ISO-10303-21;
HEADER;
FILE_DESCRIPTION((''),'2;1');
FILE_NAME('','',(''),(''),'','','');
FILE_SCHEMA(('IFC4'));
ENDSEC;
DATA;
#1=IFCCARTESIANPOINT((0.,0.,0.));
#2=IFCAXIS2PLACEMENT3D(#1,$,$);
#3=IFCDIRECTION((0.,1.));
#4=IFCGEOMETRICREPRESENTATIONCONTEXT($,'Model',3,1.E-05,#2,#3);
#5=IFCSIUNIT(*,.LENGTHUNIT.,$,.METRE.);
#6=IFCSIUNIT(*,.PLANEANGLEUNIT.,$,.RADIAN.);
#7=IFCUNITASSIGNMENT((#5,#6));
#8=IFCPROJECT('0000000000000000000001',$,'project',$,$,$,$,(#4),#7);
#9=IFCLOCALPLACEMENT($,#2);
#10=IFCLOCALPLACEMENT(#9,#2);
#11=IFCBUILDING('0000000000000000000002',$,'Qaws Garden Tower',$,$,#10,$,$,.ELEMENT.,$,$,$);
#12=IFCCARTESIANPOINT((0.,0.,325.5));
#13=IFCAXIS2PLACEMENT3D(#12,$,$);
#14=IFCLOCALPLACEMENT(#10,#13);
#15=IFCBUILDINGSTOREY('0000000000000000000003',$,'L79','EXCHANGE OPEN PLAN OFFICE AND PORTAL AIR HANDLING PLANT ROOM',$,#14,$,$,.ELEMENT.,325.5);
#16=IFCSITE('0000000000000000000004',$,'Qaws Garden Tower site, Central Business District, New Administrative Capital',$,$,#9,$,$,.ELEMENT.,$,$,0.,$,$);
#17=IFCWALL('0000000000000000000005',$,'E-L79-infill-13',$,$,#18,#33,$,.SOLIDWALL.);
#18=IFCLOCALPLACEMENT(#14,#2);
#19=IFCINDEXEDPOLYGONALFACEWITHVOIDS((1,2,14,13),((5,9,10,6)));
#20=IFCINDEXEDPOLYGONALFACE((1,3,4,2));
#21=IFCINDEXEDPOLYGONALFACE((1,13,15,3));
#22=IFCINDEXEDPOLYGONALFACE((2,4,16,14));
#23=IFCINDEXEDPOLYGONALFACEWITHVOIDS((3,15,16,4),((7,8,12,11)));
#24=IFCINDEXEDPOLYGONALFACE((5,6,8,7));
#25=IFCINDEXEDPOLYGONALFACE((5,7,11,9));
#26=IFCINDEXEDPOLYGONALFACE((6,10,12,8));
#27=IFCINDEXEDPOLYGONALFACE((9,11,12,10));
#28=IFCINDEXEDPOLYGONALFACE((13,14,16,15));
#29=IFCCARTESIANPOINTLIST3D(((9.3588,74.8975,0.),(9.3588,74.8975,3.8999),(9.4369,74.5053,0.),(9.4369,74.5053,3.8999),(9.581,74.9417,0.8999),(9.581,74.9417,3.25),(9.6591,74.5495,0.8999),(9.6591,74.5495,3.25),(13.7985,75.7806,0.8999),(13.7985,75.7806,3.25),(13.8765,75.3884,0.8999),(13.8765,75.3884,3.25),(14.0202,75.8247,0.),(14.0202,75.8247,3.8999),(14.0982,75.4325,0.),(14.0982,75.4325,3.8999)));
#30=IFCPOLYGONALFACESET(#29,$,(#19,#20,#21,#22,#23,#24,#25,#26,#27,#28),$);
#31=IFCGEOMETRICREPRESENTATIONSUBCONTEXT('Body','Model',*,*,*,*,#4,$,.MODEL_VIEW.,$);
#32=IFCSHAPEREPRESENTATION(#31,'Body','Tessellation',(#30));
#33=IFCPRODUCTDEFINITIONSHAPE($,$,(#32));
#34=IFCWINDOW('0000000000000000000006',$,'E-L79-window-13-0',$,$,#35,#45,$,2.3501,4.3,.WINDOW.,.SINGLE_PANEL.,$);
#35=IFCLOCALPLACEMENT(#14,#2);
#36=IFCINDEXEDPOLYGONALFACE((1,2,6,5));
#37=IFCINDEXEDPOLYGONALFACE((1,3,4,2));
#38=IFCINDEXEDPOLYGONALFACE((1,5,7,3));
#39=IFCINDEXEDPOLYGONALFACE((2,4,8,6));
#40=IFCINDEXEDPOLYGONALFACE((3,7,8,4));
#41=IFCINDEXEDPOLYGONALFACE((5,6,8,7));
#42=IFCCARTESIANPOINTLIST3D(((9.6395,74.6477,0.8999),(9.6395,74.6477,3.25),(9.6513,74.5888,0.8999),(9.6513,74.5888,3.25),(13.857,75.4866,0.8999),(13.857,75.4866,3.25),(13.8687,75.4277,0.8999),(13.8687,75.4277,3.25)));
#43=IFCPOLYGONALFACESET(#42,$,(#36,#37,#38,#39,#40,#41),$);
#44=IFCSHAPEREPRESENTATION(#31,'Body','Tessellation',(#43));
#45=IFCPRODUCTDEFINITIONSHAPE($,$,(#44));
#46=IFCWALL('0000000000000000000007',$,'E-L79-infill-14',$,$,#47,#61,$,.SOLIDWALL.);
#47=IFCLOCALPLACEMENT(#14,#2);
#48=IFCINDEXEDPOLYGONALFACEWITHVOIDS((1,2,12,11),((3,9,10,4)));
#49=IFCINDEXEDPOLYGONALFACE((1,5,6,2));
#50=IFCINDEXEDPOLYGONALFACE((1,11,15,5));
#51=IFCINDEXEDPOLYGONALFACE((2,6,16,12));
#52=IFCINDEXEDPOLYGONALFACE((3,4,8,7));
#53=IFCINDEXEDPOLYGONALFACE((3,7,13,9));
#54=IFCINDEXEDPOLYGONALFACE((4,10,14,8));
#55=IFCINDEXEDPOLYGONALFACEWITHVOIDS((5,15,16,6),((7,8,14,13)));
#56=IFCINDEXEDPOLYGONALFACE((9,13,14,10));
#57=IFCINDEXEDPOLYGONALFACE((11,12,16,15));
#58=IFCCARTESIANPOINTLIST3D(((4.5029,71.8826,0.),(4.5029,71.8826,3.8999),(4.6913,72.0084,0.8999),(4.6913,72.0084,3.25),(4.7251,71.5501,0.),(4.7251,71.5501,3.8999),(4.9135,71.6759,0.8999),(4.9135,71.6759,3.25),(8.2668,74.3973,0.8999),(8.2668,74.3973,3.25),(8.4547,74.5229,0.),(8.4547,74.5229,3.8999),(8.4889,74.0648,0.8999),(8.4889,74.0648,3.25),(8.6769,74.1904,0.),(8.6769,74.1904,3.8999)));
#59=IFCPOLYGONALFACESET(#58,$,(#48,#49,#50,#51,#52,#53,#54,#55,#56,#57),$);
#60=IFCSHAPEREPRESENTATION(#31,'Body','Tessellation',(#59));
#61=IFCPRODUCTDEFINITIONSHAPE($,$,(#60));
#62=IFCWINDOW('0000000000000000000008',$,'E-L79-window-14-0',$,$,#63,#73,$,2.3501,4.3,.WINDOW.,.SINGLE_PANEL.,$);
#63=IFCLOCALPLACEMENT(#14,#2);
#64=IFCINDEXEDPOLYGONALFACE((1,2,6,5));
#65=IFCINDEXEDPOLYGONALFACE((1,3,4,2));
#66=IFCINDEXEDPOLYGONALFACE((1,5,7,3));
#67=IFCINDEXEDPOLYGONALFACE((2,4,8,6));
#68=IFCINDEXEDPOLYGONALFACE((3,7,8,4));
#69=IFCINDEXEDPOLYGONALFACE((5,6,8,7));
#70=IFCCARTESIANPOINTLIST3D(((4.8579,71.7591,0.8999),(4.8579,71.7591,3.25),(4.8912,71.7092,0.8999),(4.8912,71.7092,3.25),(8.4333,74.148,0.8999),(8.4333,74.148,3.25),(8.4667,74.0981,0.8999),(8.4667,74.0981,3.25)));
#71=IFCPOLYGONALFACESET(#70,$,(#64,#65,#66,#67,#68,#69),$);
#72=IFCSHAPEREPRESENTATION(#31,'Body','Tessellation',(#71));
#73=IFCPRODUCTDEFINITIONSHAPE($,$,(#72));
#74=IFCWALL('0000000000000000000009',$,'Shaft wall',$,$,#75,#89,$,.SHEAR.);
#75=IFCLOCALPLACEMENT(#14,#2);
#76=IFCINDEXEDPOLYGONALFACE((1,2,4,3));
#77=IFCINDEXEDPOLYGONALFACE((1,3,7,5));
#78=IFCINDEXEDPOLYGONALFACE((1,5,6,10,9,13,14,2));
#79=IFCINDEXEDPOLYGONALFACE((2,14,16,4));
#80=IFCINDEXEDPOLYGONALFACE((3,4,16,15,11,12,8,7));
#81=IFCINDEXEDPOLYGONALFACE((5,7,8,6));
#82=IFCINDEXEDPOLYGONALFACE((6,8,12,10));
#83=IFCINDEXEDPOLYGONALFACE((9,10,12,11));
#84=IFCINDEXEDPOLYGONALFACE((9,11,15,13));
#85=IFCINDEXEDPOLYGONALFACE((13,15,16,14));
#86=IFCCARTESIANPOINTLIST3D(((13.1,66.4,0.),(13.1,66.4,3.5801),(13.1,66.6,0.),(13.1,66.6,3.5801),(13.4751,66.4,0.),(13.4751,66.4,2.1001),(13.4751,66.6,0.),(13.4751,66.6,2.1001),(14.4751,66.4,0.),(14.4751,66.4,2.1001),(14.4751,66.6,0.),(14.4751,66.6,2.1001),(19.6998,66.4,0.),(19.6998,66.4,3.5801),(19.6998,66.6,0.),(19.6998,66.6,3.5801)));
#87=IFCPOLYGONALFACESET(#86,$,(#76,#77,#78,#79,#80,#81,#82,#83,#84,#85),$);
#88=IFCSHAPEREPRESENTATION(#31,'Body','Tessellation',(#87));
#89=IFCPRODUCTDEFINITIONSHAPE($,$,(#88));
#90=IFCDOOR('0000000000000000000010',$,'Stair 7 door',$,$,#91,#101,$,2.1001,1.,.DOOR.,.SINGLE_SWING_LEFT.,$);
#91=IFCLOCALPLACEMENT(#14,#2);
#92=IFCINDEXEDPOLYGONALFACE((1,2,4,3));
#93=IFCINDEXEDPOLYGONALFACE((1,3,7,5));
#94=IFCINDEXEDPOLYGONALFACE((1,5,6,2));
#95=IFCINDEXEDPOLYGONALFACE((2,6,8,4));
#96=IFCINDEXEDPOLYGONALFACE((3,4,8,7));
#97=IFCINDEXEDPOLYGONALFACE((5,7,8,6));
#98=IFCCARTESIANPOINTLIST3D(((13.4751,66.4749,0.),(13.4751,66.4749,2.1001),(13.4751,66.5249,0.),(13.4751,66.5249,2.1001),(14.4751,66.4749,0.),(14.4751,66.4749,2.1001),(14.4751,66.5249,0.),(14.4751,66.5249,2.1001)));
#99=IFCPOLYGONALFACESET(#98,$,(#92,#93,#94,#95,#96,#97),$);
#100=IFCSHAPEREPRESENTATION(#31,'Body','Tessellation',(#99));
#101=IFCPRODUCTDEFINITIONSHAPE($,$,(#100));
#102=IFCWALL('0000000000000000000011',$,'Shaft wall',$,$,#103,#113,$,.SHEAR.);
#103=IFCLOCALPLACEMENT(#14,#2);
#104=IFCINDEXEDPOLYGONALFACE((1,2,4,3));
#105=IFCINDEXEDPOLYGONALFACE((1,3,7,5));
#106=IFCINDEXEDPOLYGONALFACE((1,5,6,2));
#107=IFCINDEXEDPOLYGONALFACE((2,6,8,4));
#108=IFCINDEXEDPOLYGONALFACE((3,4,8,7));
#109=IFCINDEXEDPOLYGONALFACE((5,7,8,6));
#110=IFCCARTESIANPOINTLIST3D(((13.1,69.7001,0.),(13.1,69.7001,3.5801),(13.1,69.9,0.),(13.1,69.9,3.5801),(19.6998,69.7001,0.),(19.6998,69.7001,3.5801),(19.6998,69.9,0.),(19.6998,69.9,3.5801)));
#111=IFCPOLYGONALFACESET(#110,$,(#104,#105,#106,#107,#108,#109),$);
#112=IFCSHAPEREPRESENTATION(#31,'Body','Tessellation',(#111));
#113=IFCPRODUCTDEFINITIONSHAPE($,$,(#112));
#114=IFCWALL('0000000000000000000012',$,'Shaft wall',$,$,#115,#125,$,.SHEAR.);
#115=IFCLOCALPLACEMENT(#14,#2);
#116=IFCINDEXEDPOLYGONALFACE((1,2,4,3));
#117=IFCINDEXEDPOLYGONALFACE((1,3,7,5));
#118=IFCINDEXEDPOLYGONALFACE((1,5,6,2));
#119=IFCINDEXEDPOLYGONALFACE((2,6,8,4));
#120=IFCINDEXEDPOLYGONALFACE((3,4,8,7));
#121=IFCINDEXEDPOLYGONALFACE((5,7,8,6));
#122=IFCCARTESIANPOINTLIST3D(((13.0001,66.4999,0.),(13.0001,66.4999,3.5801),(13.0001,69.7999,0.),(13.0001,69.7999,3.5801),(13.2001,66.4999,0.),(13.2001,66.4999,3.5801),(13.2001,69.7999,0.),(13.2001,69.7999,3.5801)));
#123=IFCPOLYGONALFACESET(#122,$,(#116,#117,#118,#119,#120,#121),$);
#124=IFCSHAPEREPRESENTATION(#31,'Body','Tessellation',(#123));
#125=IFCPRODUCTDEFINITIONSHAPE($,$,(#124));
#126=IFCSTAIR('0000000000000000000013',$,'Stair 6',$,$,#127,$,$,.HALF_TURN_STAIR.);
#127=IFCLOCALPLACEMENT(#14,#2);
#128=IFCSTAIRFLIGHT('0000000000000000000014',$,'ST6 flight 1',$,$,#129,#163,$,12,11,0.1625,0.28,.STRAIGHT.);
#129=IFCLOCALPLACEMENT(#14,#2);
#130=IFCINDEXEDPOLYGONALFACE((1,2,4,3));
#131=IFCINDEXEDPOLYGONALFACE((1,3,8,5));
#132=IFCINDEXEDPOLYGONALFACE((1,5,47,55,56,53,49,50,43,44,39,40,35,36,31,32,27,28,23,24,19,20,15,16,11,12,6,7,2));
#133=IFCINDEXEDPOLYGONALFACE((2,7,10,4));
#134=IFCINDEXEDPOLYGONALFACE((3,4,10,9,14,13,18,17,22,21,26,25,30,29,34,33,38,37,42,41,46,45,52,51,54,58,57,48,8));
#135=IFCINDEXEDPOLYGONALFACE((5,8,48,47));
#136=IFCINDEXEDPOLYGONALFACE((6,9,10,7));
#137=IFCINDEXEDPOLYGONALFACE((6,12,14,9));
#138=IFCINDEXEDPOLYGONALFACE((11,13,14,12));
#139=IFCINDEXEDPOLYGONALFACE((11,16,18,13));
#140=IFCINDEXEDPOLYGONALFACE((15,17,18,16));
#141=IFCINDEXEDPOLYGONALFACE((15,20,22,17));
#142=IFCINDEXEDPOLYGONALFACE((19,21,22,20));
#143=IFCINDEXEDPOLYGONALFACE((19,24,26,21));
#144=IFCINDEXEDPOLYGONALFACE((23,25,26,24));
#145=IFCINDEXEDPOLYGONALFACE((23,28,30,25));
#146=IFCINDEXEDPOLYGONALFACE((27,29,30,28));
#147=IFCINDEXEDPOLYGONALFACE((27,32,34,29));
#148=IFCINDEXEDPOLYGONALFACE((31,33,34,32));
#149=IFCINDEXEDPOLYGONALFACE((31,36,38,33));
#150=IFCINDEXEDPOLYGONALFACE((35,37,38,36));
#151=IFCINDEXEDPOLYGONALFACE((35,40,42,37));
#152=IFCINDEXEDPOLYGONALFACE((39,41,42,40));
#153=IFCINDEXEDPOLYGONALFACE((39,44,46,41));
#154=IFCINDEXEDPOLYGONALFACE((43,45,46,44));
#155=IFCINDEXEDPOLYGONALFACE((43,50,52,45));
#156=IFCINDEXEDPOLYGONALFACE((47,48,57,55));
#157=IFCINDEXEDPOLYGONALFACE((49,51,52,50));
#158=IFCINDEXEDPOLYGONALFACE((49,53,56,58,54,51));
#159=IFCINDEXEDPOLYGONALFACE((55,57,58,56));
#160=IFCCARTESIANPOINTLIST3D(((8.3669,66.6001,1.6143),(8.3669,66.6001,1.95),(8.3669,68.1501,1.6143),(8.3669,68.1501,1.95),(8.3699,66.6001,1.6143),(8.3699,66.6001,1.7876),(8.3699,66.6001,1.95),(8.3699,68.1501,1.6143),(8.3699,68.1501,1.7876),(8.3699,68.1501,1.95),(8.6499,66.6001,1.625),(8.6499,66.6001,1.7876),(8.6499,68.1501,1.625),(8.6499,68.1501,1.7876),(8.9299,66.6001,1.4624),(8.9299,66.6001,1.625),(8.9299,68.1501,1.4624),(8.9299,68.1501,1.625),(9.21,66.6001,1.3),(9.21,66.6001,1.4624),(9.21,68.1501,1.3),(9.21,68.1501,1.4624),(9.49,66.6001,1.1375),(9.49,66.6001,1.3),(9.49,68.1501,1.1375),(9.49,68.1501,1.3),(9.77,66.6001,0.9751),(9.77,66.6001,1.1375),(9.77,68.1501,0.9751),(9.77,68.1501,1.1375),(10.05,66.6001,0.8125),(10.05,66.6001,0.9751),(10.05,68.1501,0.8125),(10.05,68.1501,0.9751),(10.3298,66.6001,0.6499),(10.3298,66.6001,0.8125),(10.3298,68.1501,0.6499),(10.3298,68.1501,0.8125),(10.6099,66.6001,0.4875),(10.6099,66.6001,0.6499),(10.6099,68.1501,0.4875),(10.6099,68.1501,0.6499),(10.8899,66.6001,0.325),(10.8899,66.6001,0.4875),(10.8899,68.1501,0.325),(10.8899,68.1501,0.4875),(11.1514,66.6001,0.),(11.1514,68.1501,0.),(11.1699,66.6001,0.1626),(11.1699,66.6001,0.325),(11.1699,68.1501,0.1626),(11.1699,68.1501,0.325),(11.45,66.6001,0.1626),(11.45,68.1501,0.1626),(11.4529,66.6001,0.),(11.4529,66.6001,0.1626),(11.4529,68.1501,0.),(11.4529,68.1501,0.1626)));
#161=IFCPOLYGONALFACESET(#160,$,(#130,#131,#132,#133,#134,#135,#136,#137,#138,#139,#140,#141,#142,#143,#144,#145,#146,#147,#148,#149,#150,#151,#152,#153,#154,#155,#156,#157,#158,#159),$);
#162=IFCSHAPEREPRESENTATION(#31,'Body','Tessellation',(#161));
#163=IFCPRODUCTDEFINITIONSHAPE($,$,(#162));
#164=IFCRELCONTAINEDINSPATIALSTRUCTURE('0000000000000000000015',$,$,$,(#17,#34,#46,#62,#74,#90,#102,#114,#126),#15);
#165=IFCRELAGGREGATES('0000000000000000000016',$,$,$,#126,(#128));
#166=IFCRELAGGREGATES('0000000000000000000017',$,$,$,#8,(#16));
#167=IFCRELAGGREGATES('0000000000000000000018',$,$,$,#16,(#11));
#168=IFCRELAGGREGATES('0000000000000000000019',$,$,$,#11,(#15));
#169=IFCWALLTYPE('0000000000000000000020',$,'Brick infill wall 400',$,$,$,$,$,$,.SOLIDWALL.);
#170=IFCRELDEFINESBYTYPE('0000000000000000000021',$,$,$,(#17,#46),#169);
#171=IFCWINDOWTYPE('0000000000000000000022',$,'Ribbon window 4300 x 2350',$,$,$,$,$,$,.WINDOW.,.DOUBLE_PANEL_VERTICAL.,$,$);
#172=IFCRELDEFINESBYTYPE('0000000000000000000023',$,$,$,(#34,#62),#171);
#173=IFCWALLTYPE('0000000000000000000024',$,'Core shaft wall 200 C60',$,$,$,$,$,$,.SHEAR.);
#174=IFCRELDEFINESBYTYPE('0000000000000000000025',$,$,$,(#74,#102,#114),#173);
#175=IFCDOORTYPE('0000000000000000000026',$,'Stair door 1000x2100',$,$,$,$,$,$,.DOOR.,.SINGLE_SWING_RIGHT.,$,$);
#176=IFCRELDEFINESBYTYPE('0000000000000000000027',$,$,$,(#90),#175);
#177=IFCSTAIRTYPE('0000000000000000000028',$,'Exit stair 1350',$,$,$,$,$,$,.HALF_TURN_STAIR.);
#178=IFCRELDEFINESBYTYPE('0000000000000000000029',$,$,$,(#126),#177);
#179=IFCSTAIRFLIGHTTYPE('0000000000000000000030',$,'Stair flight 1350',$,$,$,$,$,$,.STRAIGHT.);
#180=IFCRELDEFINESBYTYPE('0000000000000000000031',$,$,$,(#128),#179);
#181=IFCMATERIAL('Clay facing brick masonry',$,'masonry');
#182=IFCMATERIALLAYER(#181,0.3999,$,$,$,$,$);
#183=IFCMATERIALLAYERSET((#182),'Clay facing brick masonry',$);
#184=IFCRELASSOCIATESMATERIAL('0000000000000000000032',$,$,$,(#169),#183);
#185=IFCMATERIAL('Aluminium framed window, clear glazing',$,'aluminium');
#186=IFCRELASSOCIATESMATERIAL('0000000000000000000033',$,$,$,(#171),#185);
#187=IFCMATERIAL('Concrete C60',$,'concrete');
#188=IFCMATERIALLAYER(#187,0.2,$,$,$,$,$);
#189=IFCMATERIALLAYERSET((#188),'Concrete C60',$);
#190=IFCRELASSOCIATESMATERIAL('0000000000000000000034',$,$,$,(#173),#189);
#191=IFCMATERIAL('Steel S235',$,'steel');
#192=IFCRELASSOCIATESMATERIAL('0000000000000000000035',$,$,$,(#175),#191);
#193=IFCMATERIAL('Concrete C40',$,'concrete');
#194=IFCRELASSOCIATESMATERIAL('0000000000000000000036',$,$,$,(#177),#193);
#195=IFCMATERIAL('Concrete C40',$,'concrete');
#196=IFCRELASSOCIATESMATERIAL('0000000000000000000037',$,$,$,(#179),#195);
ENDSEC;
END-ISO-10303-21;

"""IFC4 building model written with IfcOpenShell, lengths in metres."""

from ifc_helpers import new_model, si_unit, direction, frame, frame_2d, origin, place, context, subcontext, project, spatial, polyline, rectangle, outline, extrude, material, layer, layer_set, type_object, element, fill, aggregate, save


model = new_model("IFC4")

# Units and contexts
model_context = context("Model", 3, precision=1e-05, world=origin(), true_north=direction((0.0, 1.0)))
body_context = subcontext(model_context, "Body", "Model", "MODEL_VIEW")
ifc_project = project(units=[si_unit("LENGTHUNIT", "METRE"), si_unit("PLANEANGLEUNIT", "RADIAN")], contexts=[model_context])

# Site, building, storey
site_placement = place(None, origin())
site = spatial("IfcSite", under=ifc_project, at=site_placement, Name="Qaws Garden Tower site, Central Business District, New Administrative Capital", CompositionType="ELEMENT", RefElevation=0.0)
building_placement = place(site_placement, origin())
building = spatial("IfcBuilding", under=site, at=building_placement, Name="Qaws Garden Tower", CompositionType="ELEMENT")
storey_placement = place(building_placement, frame((0.0, 0.0, 325.5)))
storey = spatial("IfcBuildingStorey", under=building, at=storey_placement, Name="L79", Description="EXCHANGE OPEN PLAN OFFICE AND PORTAL AIR HANDLING PLANT ROOM", CompositionType="ELEMENT", Elevation=325.5)

# Shared definitions
placement = place(storey_placement, origin())

# Walls, openings, windows
ifc_material_1 = material(Name="Clay facing brick masonry", Category="masonry")
ifc_layer_1 = layer(ifc_material_1, 0.3999)
ifc_layer_set_1 = layer_set([ifc_layer_1], Name="Clay facing brick masonry")
wall_type_1 = type_object("IfcWallType", Name="Brick infill wall 400", PredefinedType="SOLIDWALL", material=ifc_layer_set_1)
wall_1_placement = place(storey_placement, frame((14.0593, 75.6287, 0.0), z_axis=(0.0, 0.0, 1.0), x_axis=(-0.980784, -0.195099, 0.0)))
wall_1 = element("IfcWall", 1, at=wall_1_placement, inside=storey, type_object=wall_type_1, Name="E-L79-infill-13", PredefinedType="SOLIDWALL", context=body_context, shape_type="SweptSolid", body=[
    extrude(rectangle(XDim=4.7527, YDim=0.3999, at=frame_2d((2.3765, 0.0))), origin(), (0.0, 0.0, 1.0), 3.8999),
])
opening_1_placement = place(wall_1_placement, frame((0.2263, 0.0, 0.8999)))
opening_1 = element("IfcOpeningElement", 2, at=opening_1_placement, cuts=wall_1, PredefinedType="OPENING", context=body_context, shape_type="SweptSolid", body=[
    extrude(rectangle(XDim=4.3, YDim=2.3501, at=frame_2d((2.1499, 1.175))), frame((0.0, 0.21, 0.0), z_axis=(0.0, -1.0, 0.0), x_axis=(1.0, 0.0, 0.0)), (0.0, 0.0, 1.0), 0.4199),
])
ifc_material_2 = material(Name="Aluminium framed window, clear glazing", Category="aluminium")
window_type = type_object("IfcWindowType", Name="Ribbon window 4300 x 2350", PartitioningType="DOUBLE_PANEL_VERTICAL", PredefinedType="WINDOW", material=ifc_material_2)
window_1_placement = place(opening_1_placement, origin())
window_1 = element("IfcWindow", 3, at=window_1_placement, inside=storey, type_object=window_type, Name="E-L79-window-13-0", OverallHeight=2.3501, OverallWidth=4.3, PartitioningType="SINGLE_PANEL", PredefinedType="WINDOW", context=body_context, shape_type="SweptSolid", body=[
    extrude(rectangle(XDim=4.3, YDim=2.3501, at=frame_2d((2.1499, 1.175))), frame((0.0, 0.1599, 0.0), z_axis=(0.0, -1.0, 0.0), x_axis=(1.0, 0.0, 0.0)), (0.0, 0.0, 1.0), 0.0601),
])
fill(opening_1, window_1)
wall_2_placement = place(storey_placement, frame((8.5659, 74.3567, 0.0), z_axis=(0.0, 0.0, 1.0), x_axis=(-0.831489, -0.555542, 0.0)))
wall_2 = element("IfcWall", 4, at=wall_2_placement, inside=storey, type_object=wall_type_1, Name="E-L79-infill-14", PredefinedType="SOLIDWALL", context=body_context, shape_type="SweptSolid", body=[
    extrude(rectangle(XDim=4.7527, YDim=0.3999, at=frame_2d((2.3765, 0.0))), origin(), (0.0, 0.0, 1.0), 3.8999),
])
opening_2_placement = place(wall_2_placement, frame((0.2263, 0.0, 0.8999)))
opening_2 = element("IfcOpeningElement", 5, at=opening_2_placement, cuts=wall_2, PredefinedType="OPENING", context=body_context, shape_type="SweptSolid", body=[
    extrude(rectangle(XDim=4.3, YDim=2.3501, at=frame_2d((2.1499, 1.175))), frame((0.0, 0.21, 0.0), z_axis=(0.0, -1.0, 0.0), x_axis=(1.0, 0.0, 0.0)), (0.0, 0.0, 1.0), 0.4199),
])
window_2_placement = place(opening_2_placement, origin())
window_2 = element("IfcWindow", 6, at=window_2_placement, inside=storey, type_object=window_type, Name="E-L79-window-14-0", OverallHeight=2.3501, OverallWidth=4.3, PartitioningType="SINGLE_PANEL", PredefinedType="WINDOW", context=body_context, shape_type="SweptSolid", body=[
    extrude(rectangle(XDim=4.3, YDim=2.3501, at=frame_2d((2.1499, 1.175))), frame((0.0, 0.1599, 0.0), z_axis=(0.0, -1.0, 0.0), x_axis=(1.0, 0.0, 0.0)), (0.0, 0.0, 1.0), 0.0601),
])
fill(opening_2, window_2)

# Wall, opening, door
ifc_material_3 = material(Name="Concrete C60", Category="concrete")
ifc_layer_2 = layer(ifc_material_3, 0.2)
ifc_layer_set_2 = layer_set([ifc_layer_2], Name="Concrete C60")
wall_type_2 = type_object("IfcWallType", Name="Core shaft wall 200 C60", PredefinedType="SHEAR", material=ifc_layer_set_2)
wall_3_placement = place(storey_placement, frame((13.1001, 66.5, 0.0), z_axis=(0.0, 0.0, 1.0), x_axis=(1.0, 0.0, 0.0)))
wall_3 = element("IfcWall", 7, at=wall_3_placement, inside=storey, type_object=wall_type_2, Name="Shaft wall", PredefinedType="SHEAR", context=body_context, shape_type="SweptSolid", body=[
    extrude(rectangle(XDim=6.5999, YDim=0.2, at=frame_2d((3.2998, 0.0))), origin(), (0.0, 0.0, 1.0), 3.5801),
])
opening_3_placement = place(wall_3_placement, frame((0.375, 0.0, 0.0)))
opening_3 = element("IfcOpeningElement", 8, at=opening_3_placement, cuts=wall_3, PredefinedType="OPENING", context=body_context, shape_type="SweptSolid", body=[
    extrude(rectangle(XDim=1.0, YDim=2.1001, at=frame_2d((0.5, 1.05))), frame((0.0, 0.1099, 0.0), z_axis=(0.0, -1.0, 0.0), x_axis=(1.0, 0.0, 0.0)), (0.0, 0.0, 1.0), 0.22),
])
ifc_material_4 = material(Name="Steel S235", Category="steel")
door_type = type_object("IfcDoorType", Name="Stair door 1000x2100", OperationType="SINGLE_SWING_RIGHT", PredefinedType="DOOR", material=ifc_material_4)
door_placement = place(opening_3_placement, origin())
door = element("IfcDoor", 9, at=door_placement, inside=storey, type_object=door_type, Name="Stair 7 door", OperationType="SINGLE_SWING_LEFT", OverallHeight=2.1001, OverallWidth=1.0, PredefinedType="DOOR", context=body_context, shape_type="SweptSolid", body=[
    extrude(rectangle(XDim=1.0, YDim=2.1001, at=frame_2d((0.5, 1.05))), frame((0.0, 0.0249, 0.0), z_axis=(0.0, -1.0, 0.0), x_axis=(1.0, 0.0, 0.0)), (0.0, 0.0, 1.0), 0.05),
])
fill(opening_3, door)

# Walls
wall_4_placement = place(storey_placement, frame((13.1001, 69.8, 0.0), z_axis=(0.0, 0.0, 1.0), x_axis=(1.0, 0.0, 0.0)))
element("IfcWall", 10, at=wall_4_placement, inside=storey, type_object=wall_type_2, Name="Shaft wall", PredefinedType="SHEAR", context=body_context, shape_type="SweptSolid", body=[
    extrude(rectangle(XDim=6.5999, YDim=0.2, at=frame_2d((3.2998, 0.0))), origin(), (0.0, 0.0, 1.0), 3.5801),
])
wall_5_placement = place(storey_placement, frame((13.1001, 66.5, 0.0), z_axis=(0.0, 0.0, 1.0), x_axis=(0.0, 1.0, 0.0)))
element("IfcWall", 11, at=wall_5_placement, inside=storey, type_object=wall_type_2, Name="Shaft wall", PredefinedType="SHEAR", context=body_context, shape_type="SweptSolid", body=[
    extrude(rectangle(XDim=3.3, YDim=0.2, at=frame_2d((1.6499, 0.0))), origin(), (0.0, 0.0, 1.0), 3.5801),
])

# Stair, stair flight
ifc_material_5 = material(Name="Concrete C40", Category="concrete")
stair_type = type_object("IfcStairType", Name="Exit stair 1350", PredefinedType="HALF_TURN_STAIR", material=ifc_material_5)
stair_1 = element("IfcStair", 12, at=placement, inside=storey, type_object=stair_type, Name="Stair 6", PredefinedType="HALF_TURN_STAIR")
ifc_material_6 = material(Name="Concrete C40", Category="concrete")
stair_flight_type = type_object("IfcStairFlightType", Name="Stair flight 1350", PredefinedType="STRAIGHT", material=ifc_material_6)
stair_flight_1_placement = place(storey_placement, frame((11.45, 67.375, 0.0), z_axis=(0.0, 0.0, 1.0), x_axis=(-1.0, 0.0, 0.0)))
stair_flight_1 = element("IfcStairFlight", 13, at=stair_flight_1_placement, type_object=stair_flight_type, Name="ST6 flight 1", NumberOfRisers=12, NumberOfTreads=11, PredefinedType="STRAIGHT", RiserHeight=0.1625, TreadLength=0.28, context=body_context, shape_type="SweptSolid", body=[
    extrude(outline(polyline([(-0.0029, 0.0), (-0.0029, 0.1626), (0.0, 0.1626), (0.28, 0.1626), (0.28, 0.325), (0.5601, 0.325), (0.5601, 0.4875), (0.8401, 0.4875), (0.8401, 0.6499), (1.1201, 0.6499), (1.1201, 0.8125), (1.3999, 0.8125), (1.3999, 0.9751), (1.6799, 0.9751), (1.6799, 1.1375), (1.96, 1.1375), (1.96, 1.3), (2.24, 1.3), (2.24, 1.4624), (2.52, 1.4624), (2.52, 1.625), (2.8, 1.625), (2.8, 1.7876), (3.0801, 1.7876), (3.0801, 1.95), (3.083, 1.95), (3.083, 1.6143), (3.0801, 1.6143), (0.2986, 0.0), (-0.0029, 0.0)])), frame((0.0, 0.7749, 0.0), z_axis=(0.0, -1.0, 0.0), x_axis=(1.0, 0.0, 0.0)), (0.0, 0.0, 1.0), 1.55),
])
aggregate(stair_1, [stair_flight_1])

save(model, "model.ifc")
